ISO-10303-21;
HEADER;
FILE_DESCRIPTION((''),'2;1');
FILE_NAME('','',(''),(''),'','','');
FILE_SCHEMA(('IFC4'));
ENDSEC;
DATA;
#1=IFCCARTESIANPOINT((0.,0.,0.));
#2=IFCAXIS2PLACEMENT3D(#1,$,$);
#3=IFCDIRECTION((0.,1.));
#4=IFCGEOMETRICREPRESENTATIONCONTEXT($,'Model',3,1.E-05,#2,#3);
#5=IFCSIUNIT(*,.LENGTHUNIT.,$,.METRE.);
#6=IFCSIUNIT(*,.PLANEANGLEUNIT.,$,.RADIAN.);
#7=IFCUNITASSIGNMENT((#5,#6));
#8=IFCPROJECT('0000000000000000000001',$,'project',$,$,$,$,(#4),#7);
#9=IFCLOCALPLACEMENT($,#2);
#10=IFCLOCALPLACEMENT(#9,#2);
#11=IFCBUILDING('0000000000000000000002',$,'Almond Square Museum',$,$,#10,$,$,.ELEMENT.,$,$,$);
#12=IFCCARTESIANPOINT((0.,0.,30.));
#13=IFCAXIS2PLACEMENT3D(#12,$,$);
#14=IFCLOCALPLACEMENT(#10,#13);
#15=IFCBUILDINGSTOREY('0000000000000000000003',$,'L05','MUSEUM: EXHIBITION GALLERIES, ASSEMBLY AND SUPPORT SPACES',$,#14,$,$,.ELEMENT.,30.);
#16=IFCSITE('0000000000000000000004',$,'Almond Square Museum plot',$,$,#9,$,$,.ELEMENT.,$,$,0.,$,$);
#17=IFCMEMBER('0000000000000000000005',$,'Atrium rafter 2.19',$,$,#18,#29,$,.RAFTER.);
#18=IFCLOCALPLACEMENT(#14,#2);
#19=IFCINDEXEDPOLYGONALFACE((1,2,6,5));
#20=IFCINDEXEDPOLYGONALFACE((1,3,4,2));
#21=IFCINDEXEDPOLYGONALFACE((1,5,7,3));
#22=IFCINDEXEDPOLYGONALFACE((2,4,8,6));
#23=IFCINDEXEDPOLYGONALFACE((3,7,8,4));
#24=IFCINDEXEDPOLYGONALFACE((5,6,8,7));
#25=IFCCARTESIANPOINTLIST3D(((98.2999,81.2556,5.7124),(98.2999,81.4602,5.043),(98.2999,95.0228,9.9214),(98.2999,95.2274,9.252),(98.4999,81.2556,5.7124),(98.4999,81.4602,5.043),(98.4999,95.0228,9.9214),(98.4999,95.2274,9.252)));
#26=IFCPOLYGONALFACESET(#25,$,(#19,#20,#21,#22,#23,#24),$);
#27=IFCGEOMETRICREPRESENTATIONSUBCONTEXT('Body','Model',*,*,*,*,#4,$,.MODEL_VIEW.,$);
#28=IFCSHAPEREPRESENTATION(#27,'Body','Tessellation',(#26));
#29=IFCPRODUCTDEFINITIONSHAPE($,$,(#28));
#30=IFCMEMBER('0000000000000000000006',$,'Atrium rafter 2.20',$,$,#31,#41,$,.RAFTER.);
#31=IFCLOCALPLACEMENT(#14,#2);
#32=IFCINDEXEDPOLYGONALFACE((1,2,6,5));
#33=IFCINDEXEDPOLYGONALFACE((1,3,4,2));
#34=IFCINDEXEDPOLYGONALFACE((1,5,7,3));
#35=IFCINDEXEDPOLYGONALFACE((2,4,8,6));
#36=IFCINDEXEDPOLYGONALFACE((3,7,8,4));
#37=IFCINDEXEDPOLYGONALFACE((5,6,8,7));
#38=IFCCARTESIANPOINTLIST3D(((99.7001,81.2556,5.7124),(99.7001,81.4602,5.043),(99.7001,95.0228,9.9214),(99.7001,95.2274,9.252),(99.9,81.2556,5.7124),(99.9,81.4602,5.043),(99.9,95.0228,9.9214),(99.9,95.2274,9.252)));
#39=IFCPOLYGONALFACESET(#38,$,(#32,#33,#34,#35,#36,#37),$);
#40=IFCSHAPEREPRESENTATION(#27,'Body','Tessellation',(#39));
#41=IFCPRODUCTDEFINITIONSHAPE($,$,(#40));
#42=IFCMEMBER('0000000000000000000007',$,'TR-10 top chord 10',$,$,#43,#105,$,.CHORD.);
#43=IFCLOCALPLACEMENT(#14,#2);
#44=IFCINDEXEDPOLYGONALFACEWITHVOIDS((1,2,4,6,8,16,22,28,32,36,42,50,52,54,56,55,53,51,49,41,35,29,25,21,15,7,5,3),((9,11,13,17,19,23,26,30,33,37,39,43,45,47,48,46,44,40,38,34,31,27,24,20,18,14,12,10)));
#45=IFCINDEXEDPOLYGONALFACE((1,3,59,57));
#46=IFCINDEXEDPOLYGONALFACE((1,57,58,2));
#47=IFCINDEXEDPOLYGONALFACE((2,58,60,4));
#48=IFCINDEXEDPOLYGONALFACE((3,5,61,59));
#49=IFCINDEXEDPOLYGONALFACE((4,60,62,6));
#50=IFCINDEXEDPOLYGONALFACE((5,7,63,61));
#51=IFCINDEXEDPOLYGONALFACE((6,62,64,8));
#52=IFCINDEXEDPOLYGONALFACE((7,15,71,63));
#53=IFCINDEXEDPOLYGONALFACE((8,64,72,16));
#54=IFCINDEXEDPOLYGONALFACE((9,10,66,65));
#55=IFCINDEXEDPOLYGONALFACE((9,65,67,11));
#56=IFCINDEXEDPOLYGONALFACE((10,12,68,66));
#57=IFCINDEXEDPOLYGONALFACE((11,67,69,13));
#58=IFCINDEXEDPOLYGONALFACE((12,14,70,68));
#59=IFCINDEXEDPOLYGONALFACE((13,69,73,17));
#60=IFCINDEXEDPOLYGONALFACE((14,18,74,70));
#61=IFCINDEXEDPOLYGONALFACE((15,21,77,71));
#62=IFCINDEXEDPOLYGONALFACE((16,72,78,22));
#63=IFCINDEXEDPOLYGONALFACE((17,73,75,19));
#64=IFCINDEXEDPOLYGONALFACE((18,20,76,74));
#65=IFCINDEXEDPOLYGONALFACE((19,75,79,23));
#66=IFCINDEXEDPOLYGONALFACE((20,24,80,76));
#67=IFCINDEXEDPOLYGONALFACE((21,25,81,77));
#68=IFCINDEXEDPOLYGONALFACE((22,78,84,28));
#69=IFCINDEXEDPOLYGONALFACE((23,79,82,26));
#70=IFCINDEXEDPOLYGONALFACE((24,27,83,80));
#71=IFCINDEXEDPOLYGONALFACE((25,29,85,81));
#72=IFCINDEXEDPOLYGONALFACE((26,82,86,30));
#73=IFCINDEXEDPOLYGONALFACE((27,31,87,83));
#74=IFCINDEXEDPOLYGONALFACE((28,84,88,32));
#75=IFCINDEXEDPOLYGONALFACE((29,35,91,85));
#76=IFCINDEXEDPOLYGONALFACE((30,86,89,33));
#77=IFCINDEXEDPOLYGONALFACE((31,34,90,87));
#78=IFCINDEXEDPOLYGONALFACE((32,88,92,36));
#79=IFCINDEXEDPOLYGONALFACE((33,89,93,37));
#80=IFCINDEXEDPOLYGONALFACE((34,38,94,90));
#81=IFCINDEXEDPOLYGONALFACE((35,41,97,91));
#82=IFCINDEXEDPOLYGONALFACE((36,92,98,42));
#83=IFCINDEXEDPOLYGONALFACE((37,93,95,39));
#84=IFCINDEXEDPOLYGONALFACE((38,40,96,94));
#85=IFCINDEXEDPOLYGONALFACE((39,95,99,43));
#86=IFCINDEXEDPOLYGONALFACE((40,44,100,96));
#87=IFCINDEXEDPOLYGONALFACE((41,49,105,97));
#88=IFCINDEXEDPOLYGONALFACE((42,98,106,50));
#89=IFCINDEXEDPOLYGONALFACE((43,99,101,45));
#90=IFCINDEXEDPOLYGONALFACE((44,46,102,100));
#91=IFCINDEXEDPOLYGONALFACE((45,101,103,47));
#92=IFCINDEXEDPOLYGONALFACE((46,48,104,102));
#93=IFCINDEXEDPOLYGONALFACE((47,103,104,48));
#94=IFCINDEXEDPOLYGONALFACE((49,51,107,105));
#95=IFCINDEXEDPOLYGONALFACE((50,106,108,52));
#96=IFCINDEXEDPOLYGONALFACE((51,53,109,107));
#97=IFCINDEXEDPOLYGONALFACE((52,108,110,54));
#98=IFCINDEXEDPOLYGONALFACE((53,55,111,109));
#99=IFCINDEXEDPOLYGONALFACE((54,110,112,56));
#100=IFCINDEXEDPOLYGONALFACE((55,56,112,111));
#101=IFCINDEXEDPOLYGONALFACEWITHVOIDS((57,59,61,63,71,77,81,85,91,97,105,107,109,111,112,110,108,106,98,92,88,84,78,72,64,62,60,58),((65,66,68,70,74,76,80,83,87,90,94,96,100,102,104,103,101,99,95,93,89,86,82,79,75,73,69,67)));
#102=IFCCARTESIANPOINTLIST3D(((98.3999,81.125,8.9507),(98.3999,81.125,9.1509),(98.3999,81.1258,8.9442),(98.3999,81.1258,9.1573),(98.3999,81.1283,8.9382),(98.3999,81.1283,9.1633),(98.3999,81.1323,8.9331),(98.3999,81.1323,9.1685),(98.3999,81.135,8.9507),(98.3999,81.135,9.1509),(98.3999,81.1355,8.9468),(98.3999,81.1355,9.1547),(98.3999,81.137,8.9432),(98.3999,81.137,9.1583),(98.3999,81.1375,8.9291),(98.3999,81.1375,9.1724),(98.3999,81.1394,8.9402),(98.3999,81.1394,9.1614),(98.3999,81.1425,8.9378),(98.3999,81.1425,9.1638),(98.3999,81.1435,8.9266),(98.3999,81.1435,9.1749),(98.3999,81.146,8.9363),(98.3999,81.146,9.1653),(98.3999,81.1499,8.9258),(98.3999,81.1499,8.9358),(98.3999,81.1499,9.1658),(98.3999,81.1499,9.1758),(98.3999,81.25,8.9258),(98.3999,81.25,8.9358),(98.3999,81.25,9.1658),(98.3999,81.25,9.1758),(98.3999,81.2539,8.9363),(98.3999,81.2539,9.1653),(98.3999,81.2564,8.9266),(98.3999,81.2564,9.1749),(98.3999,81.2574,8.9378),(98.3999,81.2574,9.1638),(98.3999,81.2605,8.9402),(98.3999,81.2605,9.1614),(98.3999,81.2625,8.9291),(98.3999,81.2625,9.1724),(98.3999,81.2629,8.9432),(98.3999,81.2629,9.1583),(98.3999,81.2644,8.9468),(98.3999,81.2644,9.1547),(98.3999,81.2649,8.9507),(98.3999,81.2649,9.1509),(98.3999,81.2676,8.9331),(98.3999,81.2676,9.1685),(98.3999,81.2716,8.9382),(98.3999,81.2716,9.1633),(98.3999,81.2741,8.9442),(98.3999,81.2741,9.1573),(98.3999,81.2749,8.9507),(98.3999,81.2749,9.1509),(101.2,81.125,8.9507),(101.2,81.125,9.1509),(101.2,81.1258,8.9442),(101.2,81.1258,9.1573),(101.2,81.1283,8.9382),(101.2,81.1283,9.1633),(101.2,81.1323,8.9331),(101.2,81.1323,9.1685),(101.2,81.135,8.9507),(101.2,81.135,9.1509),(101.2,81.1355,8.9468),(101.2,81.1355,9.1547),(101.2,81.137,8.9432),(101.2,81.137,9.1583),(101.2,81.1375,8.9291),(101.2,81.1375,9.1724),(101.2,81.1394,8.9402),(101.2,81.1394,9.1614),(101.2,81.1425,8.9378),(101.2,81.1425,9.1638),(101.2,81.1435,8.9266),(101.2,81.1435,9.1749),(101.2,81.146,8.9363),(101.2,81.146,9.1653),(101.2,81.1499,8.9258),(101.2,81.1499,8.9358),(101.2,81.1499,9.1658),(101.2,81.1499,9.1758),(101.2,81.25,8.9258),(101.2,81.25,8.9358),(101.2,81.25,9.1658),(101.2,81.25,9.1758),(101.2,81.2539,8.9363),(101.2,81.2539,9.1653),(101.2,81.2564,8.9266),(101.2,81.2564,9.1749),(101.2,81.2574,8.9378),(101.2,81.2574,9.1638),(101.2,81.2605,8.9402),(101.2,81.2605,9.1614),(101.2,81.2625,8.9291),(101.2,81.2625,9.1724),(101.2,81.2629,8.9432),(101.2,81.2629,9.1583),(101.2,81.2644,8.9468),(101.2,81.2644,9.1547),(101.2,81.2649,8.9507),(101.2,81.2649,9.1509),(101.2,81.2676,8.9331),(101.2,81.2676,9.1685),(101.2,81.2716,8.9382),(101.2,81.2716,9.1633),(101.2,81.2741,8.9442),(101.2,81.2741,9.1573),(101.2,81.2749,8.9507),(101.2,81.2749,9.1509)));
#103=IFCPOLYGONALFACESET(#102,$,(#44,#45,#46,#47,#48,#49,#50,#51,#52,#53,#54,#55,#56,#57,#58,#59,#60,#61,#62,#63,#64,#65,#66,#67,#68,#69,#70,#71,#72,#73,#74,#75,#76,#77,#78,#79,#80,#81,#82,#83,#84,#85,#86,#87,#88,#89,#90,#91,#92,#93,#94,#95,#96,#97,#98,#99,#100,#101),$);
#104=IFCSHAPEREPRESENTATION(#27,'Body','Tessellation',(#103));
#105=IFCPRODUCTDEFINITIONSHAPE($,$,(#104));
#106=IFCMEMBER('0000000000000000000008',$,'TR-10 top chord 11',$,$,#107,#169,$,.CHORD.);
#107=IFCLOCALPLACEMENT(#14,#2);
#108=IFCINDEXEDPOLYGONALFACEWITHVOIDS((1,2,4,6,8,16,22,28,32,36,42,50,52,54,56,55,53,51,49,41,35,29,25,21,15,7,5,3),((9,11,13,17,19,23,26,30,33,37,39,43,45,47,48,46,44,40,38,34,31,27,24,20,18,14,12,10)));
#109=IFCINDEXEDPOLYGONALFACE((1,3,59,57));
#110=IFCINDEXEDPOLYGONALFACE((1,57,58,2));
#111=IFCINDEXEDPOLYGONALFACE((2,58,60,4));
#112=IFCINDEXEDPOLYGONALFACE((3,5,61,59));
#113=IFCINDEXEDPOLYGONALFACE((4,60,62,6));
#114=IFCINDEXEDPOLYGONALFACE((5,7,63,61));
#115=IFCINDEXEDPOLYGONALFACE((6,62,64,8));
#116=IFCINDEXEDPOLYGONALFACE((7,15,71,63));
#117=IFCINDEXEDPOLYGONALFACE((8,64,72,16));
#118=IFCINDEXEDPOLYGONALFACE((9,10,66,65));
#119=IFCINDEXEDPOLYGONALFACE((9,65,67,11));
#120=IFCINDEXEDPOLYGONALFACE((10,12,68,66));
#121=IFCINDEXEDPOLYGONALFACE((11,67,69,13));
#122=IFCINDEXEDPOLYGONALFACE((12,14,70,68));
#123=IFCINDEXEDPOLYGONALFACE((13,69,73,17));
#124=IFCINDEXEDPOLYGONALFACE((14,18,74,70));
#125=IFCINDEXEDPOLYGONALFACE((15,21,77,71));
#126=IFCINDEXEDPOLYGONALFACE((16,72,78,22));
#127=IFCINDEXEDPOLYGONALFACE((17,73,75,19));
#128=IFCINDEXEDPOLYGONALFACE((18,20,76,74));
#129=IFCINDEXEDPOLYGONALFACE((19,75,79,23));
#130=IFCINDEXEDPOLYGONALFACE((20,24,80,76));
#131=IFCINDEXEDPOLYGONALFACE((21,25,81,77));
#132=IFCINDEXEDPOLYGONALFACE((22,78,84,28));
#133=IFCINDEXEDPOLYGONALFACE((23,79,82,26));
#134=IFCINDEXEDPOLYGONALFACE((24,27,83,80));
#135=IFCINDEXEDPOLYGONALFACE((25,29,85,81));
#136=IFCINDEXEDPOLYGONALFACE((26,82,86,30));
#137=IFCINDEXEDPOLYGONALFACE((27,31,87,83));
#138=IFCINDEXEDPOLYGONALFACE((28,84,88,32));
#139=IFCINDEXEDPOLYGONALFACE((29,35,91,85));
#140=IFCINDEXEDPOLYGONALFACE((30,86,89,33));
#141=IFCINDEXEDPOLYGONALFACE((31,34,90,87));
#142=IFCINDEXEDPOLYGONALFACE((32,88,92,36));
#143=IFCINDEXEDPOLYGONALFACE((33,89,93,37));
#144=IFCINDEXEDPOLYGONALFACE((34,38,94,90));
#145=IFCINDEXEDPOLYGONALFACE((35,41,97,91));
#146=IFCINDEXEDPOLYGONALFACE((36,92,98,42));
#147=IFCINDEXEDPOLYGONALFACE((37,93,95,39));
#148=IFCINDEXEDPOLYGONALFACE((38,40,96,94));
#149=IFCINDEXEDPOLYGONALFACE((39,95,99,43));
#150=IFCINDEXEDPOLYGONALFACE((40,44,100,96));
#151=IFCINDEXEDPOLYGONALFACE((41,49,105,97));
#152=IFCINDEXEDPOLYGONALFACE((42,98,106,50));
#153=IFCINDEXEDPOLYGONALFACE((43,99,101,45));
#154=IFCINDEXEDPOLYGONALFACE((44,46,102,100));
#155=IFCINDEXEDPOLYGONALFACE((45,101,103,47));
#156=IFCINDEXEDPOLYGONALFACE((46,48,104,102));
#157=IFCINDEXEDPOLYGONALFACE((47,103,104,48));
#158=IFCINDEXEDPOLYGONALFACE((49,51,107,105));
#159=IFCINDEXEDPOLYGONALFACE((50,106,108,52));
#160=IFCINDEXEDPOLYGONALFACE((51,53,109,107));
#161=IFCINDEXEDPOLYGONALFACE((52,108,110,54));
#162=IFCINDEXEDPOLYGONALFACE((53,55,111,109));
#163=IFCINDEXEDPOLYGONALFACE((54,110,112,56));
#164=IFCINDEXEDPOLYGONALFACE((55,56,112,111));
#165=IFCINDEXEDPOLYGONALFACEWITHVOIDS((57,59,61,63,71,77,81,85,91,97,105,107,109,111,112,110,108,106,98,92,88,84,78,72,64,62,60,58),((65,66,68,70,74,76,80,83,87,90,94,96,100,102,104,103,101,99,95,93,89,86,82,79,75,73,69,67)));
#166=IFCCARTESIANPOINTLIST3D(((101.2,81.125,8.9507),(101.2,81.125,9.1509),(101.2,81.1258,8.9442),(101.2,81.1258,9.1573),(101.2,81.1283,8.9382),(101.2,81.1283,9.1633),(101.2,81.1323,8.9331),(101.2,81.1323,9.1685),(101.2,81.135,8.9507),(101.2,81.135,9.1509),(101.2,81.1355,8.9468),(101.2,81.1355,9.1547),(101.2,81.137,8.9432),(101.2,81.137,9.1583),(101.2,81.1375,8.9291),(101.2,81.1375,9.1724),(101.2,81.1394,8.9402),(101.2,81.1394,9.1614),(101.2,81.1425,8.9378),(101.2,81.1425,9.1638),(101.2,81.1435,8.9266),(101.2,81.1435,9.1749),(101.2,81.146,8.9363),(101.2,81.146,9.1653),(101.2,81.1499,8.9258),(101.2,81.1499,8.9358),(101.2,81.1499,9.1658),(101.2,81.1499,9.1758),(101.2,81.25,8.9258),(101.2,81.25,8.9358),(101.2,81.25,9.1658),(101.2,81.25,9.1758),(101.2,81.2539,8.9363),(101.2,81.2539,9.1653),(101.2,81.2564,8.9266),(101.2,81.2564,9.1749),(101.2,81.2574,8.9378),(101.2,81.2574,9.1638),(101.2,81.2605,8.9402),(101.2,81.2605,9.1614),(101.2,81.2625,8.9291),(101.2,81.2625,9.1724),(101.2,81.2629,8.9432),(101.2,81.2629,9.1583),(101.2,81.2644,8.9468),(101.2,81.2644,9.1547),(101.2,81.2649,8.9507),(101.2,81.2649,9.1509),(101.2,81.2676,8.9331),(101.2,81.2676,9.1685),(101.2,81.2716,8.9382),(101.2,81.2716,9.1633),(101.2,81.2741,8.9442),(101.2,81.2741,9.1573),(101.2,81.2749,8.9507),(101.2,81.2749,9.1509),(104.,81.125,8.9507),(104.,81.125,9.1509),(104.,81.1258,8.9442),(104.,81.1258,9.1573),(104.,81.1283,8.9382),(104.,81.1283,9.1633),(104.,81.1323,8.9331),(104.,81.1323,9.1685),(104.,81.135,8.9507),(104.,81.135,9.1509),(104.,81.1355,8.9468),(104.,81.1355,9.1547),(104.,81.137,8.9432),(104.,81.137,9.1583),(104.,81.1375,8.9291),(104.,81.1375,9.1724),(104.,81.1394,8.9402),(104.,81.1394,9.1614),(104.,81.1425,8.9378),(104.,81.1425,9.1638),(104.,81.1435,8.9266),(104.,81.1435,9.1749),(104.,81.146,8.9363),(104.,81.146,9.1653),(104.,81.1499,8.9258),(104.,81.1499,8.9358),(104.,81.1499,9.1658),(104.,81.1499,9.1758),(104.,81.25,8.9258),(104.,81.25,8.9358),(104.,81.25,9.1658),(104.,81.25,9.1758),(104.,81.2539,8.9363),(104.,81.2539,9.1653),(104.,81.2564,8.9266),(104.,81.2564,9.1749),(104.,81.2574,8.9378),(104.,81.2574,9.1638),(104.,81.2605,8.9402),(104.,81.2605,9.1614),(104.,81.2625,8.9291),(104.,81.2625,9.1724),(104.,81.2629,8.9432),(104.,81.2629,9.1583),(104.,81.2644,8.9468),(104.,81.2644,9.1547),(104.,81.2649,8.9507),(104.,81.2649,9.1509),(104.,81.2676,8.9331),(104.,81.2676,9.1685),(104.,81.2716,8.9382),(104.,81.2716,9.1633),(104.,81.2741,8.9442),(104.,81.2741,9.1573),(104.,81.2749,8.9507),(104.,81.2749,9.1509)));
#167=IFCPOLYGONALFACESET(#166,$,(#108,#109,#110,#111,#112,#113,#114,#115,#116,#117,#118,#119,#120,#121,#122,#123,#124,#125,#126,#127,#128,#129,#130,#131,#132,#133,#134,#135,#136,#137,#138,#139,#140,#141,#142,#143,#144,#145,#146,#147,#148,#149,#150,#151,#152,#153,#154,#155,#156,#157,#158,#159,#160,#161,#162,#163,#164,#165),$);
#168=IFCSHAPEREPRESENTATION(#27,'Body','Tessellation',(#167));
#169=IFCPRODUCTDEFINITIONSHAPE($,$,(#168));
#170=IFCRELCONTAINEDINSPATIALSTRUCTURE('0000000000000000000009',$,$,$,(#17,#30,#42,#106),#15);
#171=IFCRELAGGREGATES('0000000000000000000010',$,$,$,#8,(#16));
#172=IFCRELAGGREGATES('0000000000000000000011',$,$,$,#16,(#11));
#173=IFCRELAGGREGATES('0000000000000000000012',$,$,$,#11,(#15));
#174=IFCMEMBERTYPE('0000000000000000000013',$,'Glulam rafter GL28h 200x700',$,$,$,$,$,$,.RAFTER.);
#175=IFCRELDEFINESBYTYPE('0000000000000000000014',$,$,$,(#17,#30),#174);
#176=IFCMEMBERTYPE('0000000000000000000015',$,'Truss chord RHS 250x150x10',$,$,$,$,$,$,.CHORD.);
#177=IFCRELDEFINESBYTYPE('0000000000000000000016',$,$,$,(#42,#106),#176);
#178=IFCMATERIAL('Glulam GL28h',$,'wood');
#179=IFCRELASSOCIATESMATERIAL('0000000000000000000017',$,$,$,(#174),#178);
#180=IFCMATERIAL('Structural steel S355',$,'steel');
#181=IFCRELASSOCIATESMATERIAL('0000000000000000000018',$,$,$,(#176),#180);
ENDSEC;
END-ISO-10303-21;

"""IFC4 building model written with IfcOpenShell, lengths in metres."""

from ifc_helpers import new_model, si_unit, direction, frame, origin, origin_2d, place, context, subcontext, project, spatial, rectangle, hollow_rectangle, extrude, material, material_profile, profile_set, type_object, element, save


model = new_model("IFC4")

# Units and contexts
model_context = context("Model", 3, precision=1e-05, world=origin(), true_north=direction((0.0, 1.0)))
body_context = subcontext(model_context, "Body", "Model", "MODEL_VIEW")
ifc_project = project(units=[si_unit("LENGTHUNIT", "METRE"), si_unit("PLANEANGLEUNIT", "RADIAN")], contexts=[model_context])

# Site, building, storey
site_placement = place(None, origin())
site = spatial("IfcSite", under=ifc_project, at=site_placement, Name="Almond Square Museum plot", CompositionType="ELEMENT", RefElevation=0.0)
building_placement = place(site_placement, origin())
building = spatial("IfcBuilding", under=site, at=building_placement, Name="Almond Square Museum", CompositionType="ELEMENT")
storey_placement = place(building_placement, frame((0.0, 0.0, 30.0)))
storey = spatial("IfcBuildingStorey", under=building, at=storey_placement, Name="L05", Description="MUSEUM: EXHIBITION GALLERIES, ASSEMBLY AND SUPPORT SPACES", CompositionType="ELEMENT", Elevation=30.0)

# Members
ifc_material_1 = material(Name="Glulam GL28h", Category="wood")
ifc_material_profile_1 = material_profile(ifc_material_1, rectangle(XDim=0.2, YDim=0.7, at=origin_2d()))
ifc_profile_set_1 = profile_set([ifc_material_profile_1], Name="Glulam GL28h")
member_type_1 = type_object("IfcMemberType", Name="Glulam rafter GL28h 200x700", PredefinedType="RAFTER", material=ifc_profile_set_1)
for number, where, z_axis, x_axis, name in (
    (1, (98.3999, 81.3579, 5.3777), (0.0, 0.956305, 0.292369), (-1.0, 0.0, 0.0), "Atrium rafter 2.19"),
    (2, (99.8, 81.3579, 5.3777), (0.0, 0.956305, 0.292369), (-1.0, 0.0, 0.0), "Atrium rafter 2.20"),
):
    element("IfcMember", number, at=place(storey_placement, frame(where, z_axis=z_axis, x_axis=x_axis)), inside=storey, type_object=member_type_1, Name=name, PredefinedType="RAFTER", context=body_context, shape_type="SweptSolid", body=[
        extrude(rectangle(XDim=0.2, YDim=0.7, at=origin_2d()), origin(), (0.0, 0.0, 1.0), 14.3962),
    ])
ifc_material_2 = material(Name="Structural steel S355", Category="steel")
ifc_material_profile_2 = material_profile(ifc_material_2, hollow_rectangle(XDim=0.1499, YDim=0.25, WallThickness=0.01, InnerFilletRadius=0.0149, OuterFilletRadius=0.0249, at=origin_2d()))
ifc_profile_set_2 = profile_set([ifc_material_profile_2], Name="Structural steel S355")
member_type_2 = type_object("IfcMemberType", Name="Truss chord RHS 250x150x10", PredefinedType="CHORD", material=ifc_profile_set_2)
for number, where, z_axis, x_axis, name in (
    (3, (98.3999, 81.2, 9.0508), (1.0, 0.0, 0.0), (0.0, 1.0, 0.0), "TR-10 top chord 10"),
    (4, (101.2, 81.2, 9.0508), (1.0, 0.0, 0.0), (0.0, 1.0, 0.0), "TR-10 top chord 11"),
):
    element("IfcMember", number, at=place(storey_placement, frame(where, z_axis=z_axis, x_axis=x_axis)), inside=storey, type_object=member_type_2, Name=name, PredefinedType="CHORD", context=body_context, shape_type="SweptSolid", body=[
        extrude(hollow_rectangle(XDim=0.1499, YDim=0.25, WallThickness=0.01, InnerFilletRadius=0.0149, OuterFilletRadius=0.0249, at=origin_2d()), origin(), (0.0, 0.0, 1.0), 2.8),
    ])

save(model, "model.ifc")
